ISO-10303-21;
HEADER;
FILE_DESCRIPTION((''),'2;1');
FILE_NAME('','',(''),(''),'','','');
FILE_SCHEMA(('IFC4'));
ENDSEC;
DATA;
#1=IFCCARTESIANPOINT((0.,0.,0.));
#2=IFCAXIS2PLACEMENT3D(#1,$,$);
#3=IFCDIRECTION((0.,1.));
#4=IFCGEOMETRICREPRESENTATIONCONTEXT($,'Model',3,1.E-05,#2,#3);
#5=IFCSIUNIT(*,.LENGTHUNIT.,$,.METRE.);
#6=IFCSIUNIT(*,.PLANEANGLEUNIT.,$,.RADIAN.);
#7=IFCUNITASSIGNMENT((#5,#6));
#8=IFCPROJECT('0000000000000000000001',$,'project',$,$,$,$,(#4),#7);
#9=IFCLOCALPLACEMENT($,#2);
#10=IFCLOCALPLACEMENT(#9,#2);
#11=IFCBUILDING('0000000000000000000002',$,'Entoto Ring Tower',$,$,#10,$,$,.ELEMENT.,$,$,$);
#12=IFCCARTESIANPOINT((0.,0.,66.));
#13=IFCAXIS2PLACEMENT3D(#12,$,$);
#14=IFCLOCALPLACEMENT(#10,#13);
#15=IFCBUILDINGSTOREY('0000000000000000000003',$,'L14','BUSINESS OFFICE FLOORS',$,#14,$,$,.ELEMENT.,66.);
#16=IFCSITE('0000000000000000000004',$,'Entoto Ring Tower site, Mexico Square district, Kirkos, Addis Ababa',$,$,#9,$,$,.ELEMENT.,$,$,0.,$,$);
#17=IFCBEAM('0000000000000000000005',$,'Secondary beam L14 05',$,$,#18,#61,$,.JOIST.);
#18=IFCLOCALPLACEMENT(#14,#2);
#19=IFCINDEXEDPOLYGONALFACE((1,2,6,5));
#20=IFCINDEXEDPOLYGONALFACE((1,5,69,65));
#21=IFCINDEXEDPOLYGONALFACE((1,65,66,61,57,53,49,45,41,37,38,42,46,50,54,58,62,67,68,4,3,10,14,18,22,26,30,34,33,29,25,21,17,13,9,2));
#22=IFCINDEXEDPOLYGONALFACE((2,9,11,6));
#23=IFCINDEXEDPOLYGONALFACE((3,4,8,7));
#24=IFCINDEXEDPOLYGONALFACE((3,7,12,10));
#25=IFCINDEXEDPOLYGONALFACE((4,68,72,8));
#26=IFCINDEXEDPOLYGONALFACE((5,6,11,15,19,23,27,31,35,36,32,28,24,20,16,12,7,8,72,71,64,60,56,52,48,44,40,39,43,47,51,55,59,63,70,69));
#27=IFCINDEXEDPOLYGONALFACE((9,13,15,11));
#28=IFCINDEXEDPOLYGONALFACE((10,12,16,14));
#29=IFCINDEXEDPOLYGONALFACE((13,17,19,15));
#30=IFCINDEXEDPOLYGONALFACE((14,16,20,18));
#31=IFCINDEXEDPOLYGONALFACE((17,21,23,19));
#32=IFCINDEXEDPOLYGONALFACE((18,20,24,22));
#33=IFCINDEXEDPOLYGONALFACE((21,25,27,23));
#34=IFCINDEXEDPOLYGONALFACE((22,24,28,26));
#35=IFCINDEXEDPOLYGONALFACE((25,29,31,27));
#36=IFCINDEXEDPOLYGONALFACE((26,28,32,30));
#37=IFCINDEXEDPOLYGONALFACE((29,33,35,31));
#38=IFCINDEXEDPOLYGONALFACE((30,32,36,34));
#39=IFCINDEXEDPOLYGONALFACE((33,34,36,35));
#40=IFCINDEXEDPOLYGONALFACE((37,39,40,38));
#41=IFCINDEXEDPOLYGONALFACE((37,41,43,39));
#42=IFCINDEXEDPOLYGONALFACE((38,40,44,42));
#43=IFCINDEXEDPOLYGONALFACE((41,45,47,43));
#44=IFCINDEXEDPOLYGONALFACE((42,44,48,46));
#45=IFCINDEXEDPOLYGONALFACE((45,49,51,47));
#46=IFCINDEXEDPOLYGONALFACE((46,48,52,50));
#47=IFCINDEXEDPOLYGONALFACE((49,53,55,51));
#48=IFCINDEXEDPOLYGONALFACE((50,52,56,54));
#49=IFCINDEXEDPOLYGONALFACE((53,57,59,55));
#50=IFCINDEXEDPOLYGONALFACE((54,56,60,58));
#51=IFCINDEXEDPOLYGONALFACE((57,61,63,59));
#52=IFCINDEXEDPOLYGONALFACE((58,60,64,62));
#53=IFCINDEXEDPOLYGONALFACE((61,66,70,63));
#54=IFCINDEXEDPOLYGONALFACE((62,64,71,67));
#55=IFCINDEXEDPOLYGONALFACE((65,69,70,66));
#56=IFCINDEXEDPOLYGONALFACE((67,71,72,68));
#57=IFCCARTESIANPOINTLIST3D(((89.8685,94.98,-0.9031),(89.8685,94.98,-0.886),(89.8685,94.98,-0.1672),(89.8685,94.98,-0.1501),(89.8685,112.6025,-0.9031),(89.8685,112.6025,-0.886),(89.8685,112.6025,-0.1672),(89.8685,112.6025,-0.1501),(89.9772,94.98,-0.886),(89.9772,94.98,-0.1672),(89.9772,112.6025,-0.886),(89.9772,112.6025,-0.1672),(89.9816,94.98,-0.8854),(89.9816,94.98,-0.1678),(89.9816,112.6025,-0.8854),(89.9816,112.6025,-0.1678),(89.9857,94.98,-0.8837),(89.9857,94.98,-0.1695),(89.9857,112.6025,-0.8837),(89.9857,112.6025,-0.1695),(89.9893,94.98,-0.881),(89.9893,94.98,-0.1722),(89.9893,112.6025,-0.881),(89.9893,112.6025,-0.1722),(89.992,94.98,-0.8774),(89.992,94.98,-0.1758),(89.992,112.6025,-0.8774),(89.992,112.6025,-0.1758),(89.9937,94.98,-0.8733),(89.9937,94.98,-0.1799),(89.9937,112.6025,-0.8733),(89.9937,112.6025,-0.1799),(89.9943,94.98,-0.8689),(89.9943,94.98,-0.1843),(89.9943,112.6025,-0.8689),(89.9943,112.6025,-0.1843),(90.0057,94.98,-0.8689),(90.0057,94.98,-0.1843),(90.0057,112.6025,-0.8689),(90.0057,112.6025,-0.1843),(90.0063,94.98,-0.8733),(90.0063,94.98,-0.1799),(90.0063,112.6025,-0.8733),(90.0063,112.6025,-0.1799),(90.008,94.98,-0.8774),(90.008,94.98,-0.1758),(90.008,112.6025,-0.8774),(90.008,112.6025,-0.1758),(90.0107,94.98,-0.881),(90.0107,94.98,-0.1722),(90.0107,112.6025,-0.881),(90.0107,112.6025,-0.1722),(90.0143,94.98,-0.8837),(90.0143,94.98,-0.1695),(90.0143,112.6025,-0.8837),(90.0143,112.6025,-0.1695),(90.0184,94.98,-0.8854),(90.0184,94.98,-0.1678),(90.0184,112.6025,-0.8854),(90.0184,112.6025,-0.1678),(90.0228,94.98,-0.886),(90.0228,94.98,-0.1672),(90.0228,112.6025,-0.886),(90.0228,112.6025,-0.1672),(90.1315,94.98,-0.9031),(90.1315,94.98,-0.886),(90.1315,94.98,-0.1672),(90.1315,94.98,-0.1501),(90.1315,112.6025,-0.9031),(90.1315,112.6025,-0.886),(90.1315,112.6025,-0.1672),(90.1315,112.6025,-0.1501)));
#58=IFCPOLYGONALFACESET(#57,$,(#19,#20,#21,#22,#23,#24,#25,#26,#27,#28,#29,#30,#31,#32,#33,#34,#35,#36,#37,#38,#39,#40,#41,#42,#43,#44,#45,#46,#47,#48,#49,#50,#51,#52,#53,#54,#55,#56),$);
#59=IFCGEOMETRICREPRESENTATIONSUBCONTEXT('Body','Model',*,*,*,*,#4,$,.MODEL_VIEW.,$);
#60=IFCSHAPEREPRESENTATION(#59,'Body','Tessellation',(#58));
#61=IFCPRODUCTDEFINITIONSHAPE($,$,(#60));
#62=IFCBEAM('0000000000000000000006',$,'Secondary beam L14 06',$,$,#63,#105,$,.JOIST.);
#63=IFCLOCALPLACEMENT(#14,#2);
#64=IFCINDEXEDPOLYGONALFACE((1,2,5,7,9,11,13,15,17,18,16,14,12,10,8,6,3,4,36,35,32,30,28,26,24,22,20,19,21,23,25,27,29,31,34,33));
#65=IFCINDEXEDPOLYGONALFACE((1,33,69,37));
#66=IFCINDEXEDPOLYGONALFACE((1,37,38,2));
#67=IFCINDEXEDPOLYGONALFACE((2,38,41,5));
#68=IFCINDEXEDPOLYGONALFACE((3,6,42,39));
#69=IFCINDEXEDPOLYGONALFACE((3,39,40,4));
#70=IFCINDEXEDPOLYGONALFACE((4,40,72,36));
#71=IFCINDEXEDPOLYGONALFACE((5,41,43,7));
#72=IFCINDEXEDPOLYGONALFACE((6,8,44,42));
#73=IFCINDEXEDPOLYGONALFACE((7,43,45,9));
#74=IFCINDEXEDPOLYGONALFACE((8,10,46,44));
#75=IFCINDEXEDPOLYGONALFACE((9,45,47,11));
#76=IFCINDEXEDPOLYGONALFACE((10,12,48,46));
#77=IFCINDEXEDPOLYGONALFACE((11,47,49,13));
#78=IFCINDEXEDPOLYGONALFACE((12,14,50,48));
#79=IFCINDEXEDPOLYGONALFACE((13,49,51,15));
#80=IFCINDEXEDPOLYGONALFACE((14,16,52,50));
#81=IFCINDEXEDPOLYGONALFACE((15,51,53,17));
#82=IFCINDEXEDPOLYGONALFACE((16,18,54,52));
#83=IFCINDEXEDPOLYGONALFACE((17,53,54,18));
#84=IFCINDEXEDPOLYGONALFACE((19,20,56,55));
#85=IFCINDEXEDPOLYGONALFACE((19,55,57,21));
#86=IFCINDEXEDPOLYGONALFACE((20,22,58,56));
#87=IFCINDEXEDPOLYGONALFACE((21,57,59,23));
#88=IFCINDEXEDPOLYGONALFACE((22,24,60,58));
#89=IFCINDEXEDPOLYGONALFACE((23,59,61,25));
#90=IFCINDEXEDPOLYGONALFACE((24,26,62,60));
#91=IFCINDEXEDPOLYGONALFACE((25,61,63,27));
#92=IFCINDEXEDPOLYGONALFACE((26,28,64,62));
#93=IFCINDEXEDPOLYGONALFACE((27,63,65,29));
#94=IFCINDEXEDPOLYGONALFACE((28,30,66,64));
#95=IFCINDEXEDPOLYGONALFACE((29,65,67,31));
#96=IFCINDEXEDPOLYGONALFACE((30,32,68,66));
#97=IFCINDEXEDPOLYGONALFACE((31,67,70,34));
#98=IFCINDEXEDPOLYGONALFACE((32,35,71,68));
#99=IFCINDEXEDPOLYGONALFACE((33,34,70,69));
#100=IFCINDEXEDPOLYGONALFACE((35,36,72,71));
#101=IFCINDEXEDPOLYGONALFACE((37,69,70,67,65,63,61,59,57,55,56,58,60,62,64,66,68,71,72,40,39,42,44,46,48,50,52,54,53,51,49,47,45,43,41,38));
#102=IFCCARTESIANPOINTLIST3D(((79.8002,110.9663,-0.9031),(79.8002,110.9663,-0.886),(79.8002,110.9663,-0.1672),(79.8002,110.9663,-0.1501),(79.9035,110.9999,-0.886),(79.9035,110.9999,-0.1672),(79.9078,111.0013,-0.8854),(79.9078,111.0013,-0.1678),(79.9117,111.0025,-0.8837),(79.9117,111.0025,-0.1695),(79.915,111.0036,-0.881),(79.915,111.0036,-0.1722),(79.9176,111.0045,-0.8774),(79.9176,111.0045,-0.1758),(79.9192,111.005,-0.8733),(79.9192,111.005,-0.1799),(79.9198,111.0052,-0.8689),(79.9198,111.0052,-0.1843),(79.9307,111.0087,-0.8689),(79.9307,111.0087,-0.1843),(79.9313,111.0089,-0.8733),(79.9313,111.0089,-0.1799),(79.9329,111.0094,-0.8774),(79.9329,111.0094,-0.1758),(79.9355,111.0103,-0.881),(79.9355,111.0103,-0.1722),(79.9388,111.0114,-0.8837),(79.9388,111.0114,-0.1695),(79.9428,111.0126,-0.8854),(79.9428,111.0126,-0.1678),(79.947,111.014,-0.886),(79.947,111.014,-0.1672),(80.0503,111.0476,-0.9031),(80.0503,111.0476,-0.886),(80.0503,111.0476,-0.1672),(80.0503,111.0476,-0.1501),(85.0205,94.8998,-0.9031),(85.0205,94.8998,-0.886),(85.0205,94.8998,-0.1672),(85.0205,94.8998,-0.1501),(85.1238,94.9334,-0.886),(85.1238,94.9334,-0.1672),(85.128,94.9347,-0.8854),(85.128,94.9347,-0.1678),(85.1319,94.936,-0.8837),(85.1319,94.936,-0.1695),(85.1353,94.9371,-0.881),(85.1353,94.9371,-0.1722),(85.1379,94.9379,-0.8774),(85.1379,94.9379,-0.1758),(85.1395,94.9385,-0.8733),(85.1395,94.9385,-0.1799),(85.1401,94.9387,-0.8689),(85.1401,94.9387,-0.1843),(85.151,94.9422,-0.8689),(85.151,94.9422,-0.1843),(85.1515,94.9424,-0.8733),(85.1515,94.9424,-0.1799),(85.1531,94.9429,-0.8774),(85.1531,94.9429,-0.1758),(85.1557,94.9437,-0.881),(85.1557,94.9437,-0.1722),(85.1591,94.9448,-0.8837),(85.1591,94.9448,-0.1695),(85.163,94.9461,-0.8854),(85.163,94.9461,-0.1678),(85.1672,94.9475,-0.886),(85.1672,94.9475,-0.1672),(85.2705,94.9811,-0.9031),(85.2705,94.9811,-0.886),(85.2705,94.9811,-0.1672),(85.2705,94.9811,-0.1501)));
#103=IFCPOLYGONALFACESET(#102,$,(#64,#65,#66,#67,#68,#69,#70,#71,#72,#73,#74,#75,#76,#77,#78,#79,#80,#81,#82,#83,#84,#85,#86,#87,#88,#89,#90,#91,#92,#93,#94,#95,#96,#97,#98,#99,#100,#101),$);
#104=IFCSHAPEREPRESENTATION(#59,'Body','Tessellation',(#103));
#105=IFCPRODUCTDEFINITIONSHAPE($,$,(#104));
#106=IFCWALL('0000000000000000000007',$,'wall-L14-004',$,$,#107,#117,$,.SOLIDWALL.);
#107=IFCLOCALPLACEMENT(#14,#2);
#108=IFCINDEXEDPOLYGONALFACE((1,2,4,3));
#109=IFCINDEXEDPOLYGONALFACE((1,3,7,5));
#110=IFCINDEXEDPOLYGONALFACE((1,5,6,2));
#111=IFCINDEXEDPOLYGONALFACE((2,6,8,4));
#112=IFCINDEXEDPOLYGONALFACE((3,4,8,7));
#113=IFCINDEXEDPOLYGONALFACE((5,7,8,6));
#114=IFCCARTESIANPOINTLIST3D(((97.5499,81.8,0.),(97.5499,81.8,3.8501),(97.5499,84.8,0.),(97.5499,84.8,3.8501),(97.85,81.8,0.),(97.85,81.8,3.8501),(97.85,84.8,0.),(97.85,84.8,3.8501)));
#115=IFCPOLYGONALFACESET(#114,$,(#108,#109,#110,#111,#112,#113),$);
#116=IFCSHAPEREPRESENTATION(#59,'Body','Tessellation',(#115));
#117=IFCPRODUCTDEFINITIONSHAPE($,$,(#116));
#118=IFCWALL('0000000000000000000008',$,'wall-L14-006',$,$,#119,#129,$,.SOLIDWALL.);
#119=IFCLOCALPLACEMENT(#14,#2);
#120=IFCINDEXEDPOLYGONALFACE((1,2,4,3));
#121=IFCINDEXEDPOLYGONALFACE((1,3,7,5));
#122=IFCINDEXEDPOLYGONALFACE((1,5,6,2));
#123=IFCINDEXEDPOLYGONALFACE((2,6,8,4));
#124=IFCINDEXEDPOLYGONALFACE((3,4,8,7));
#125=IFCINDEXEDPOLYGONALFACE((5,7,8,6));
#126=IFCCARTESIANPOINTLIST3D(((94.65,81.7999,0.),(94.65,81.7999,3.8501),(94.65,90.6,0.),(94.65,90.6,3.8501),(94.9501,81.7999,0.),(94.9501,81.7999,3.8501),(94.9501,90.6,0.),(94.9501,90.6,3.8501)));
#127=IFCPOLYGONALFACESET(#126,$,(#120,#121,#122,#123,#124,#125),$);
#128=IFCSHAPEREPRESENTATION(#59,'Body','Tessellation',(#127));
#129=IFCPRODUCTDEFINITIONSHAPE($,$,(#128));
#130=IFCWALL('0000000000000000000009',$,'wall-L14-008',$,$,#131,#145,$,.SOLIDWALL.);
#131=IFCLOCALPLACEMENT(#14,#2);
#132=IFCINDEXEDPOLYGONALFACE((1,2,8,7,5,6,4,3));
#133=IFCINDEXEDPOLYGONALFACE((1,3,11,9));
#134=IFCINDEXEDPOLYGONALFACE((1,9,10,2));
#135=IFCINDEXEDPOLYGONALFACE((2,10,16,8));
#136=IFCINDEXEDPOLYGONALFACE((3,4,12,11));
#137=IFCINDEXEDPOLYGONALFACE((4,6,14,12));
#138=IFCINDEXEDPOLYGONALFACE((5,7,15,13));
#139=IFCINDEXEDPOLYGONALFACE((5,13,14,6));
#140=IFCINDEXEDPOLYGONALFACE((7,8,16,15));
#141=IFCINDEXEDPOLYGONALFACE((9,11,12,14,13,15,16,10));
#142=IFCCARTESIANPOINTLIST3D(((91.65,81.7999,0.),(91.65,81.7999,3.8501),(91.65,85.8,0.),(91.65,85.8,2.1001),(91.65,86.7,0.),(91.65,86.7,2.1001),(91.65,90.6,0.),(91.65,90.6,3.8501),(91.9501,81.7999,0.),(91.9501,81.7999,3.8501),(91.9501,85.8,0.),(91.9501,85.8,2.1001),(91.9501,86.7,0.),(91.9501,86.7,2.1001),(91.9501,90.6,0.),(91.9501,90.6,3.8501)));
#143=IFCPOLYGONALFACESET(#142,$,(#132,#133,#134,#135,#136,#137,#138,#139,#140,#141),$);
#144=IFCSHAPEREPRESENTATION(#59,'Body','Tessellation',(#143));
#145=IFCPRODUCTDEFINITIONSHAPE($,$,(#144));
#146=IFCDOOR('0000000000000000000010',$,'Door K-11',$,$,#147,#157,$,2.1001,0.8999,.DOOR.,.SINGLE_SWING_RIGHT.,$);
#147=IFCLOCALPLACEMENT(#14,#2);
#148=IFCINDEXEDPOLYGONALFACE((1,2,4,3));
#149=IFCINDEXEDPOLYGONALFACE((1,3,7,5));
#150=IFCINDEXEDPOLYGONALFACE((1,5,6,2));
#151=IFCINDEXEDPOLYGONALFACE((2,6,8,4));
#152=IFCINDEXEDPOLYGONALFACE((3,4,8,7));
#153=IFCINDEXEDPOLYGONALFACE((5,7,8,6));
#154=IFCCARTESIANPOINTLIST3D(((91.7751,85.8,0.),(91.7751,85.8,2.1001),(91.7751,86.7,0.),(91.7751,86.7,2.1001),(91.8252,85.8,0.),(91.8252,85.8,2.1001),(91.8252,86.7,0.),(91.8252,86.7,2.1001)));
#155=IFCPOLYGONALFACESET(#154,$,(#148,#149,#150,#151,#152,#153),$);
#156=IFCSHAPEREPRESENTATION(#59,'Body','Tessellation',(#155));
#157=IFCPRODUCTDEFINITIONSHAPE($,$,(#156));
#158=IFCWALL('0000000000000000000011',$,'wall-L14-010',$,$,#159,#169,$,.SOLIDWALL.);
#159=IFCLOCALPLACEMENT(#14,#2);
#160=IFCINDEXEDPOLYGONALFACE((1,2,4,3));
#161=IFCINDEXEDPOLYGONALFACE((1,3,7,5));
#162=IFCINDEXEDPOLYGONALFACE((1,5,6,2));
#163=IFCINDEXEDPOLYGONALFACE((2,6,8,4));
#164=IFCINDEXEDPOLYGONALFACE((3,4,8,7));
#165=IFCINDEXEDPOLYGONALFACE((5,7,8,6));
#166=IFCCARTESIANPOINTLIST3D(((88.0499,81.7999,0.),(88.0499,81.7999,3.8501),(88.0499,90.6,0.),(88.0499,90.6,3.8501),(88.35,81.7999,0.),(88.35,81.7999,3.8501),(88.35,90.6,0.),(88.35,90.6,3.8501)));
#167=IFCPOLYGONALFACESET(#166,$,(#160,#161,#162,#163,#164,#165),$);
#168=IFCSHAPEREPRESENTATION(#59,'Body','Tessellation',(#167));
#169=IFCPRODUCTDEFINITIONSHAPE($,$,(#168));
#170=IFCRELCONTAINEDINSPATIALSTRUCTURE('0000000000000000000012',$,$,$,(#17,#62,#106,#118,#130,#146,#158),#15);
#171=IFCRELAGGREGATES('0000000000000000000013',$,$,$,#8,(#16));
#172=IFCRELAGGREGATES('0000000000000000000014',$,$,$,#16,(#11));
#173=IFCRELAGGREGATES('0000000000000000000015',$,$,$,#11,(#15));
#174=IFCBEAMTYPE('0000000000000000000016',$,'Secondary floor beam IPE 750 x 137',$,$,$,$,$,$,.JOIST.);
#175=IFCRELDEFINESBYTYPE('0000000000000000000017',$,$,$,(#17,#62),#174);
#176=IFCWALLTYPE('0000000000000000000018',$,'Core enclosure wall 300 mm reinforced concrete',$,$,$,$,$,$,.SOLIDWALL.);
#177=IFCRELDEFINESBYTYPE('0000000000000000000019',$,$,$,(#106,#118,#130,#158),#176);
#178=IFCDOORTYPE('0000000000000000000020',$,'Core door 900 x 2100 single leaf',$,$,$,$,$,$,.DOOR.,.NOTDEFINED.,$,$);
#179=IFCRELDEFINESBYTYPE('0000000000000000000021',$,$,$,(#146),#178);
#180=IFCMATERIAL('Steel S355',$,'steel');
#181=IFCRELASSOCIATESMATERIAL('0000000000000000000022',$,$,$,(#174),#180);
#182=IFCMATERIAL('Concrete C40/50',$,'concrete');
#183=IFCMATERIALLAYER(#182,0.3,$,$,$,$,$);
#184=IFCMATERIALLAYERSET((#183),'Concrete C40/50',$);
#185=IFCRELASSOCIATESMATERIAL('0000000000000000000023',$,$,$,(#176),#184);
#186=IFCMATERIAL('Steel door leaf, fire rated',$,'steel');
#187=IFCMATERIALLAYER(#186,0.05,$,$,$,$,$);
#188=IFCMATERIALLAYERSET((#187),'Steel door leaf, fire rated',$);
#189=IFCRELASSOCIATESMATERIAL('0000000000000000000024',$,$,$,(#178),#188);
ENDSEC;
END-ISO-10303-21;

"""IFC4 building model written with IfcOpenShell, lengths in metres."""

from ifc_helpers import new_model, si_unit, direction, frame, frame_2d, origin, origin_2d, place, context, subcontext, project, spatial, rectangle, i_section, extrude, material, layer, layer_set, material_profile, profile_set, type_object, element, fill, save


model = new_model("IFC4")

# Units and contexts
model_context = context("Model", 3, precision=1e-05, world=origin(), true_north=direction((0.0, 1.0)))
body_context = subcontext(model_context, "Body", "Model", "MODEL_VIEW")
ifc_project = project(units=[si_unit("LENGTHUNIT", "METRE"), si_unit("PLANEANGLEUNIT", "RADIAN")], contexts=[model_context])

# Site, building, storey
site_placement = place(None, origin())
site = spatial("IfcSite", under=ifc_project, at=site_placement, Name="Entoto Ring Tower site, Mexico Square district, Kirkos, Addis Ababa", CompositionType="ELEMENT", RefElevation=0.0)
building_placement = place(site_placement, origin())
building = spatial("IfcBuilding", under=site, at=building_placement, Name="Entoto Ring Tower", CompositionType="ELEMENT")
storey_placement = place(building_placement, frame((0.0, 0.0, 66.0)))
storey = spatial("IfcBuildingStorey", under=building, at=storey_placement, Name="L14", Description="BUSINESS OFFICE FLOORS", CompositionType="ELEMENT", Elevation=66.0)

# Beams
ifc_material_1 = material(Name="Steel S355", Category="steel")
ifc_material_profile_1 = material_profile(ifc_material_1, i_section(OverallWidth=0.2629, OverallDepth=0.7529, WebThickness=0.0115, FlangeThickness=0.0171, FilletRadius=0.0171, at=origin_2d()), Name="IPE 750 x 137")
ifc_profile_set_1 = profile_set([ifc_material_profile_1], Name="Steel S355")
beam_type_1 = type_object("IfcBeamType", Name="Secondary floor beam IPE 750 x 137", PredefinedType="JOIST", material=ifc_profile_set_1)
beam_1_placement = place(storey_placement, frame((90.0, 94.98, -0.5266), z_axis=(0.0, 1.0, 0.0), x_axis=(-1.0, 0.0, 0.0)))
element("IfcBeam", 1, at=beam_1_placement, inside=storey, type_object=beam_type_1, Name="Secondary beam L14 05", PredefinedType="JOIST", context=body_context, shape_type="SweptSolid", body=[
    extrude(i_section(OverallWidth=0.2629, OverallDepth=0.7529, WebThickness=0.0115, FlangeThickness=0.0171, FilletRadius=0.0171, at=origin_2d()), origin(), (0.0, 0.0, 1.0), 17.6226),
])
beam_2_placement = place(storey_placement, frame((85.1455, 94.9404, -0.5266), z_axis=(-0.309013, 0.951058, 0.0), x_axis=(-0.951058, -0.309013, 0.0)))
element("IfcBeam", 2, at=beam_2_placement, inside=storey, type_object=beam_type_1, Name="Secondary beam L14 06", PredefinedType="JOIST", context=body_context, shape_type="SweptSolid", body=[
    extrude(i_section(OverallWidth=0.2629, OverallDepth=0.7529, WebThickness=0.0115, FlangeThickness=0.0171, FilletRadius=0.0171, at=origin_2d()), origin(), (0.0, 0.0, 1.0), 16.8933),
])

# Walls
ifc_material_2 = material(Name="Concrete C40/50", Category="concrete")
ifc_layer_1 = layer(ifc_material_2, 0.3)
ifc_layer_set_1 = layer_set([ifc_layer_1], Name="Concrete C40/50")
wall_type_1 = type_object("IfcWallType", Name="Core enclosure wall 300 mm reinforced concrete", PredefinedType="SOLIDWALL", material=ifc_layer_set_1)
wall_1_placement = place(storey_placement, frame((97.7, 81.8, 0.0), z_axis=(0.0, 0.0, 1.0), x_axis=(0.0, 1.0, 0.0)))
element("IfcWall", 3, at=wall_1_placement, inside=storey, type_object=wall_type_1, Name="wall-L14-004", PredefinedType="SOLIDWALL", context=body_context, shape_type="SweptSolid", body=[
    extrude(rectangle(XDim=3.0, YDim=0.3, at=frame_2d((1.5, 0.0))), origin(), (0.0, 0.0, 1.0), 3.8501),
])
wall_2_placement = place(storey_placement, frame((94.8, 81.8, 0.0), z_axis=(0.0, 0.0, 1.0), x_axis=(0.0, 1.0, 0.0)))
element("IfcWall", 4, at=wall_2_placement, inside=storey, type_object=wall_type_1, Name="wall-L14-006", PredefinedType="SOLIDWALL", context=body_context, shape_type="SweptSolid", body=[
    extrude(rectangle(XDim=8.8, YDim=0.3, at=frame_2d((4.3999, 0.0))), origin(), (0.0, 0.0, 1.0), 3.8501),
])

# Wall, opening, door
wall_3_placement = place(storey_placement, frame((91.8, 81.8, 0.0), z_axis=(0.0, 0.0, 1.0), x_axis=(0.0, 1.0, 0.0)))
wall_3 = element("IfcWall", 5, at=wall_3_placement, inside=storey, type_object=wall_type_1, Name="wall-L14-008", PredefinedType="SOLIDWALL", context=body_context, shape_type="SweptSolid", body=[
    extrude(rectangle(XDim=8.8, YDim=0.3, at=frame_2d((4.3999, 0.0))), origin(), (0.0, 0.0, 1.0), 3.8501),
])
opening_1_placement = place(wall_3_placement, frame((4.0, 0.0, 0.0)))
opening_1 = element("IfcOpeningElement", 6, at=opening_1_placement, cuts=wall_3, PredefinedType="OPENING", context=body_context, shape_type="SweptSolid", body=[
    extrude(rectangle(XDim=0.8999, YDim=2.1001, at=frame_2d((0.45, 1.05))), frame((0.0, 0.1602, 0.0), z_axis=(0.0, -1.0, 0.0), x_axis=(1.0, 0.0, 0.0)), (0.0, 0.0, 1.0), 0.3201),
])
ifc_material_3 = material(Name="Steel door leaf, fire rated", Category="steel")
ifc_layer_2 = layer(ifc_material_3, 0.05)
ifc_layer_set_2 = layer_set([ifc_layer_2], Name="Steel door leaf, fire rated")
door_type_1 = type_object("IfcDoorType", Name="Core door 900 x 2100 single leaf", OperationType="NOTDEFINED", PredefinedType="DOOR", material=ifc_layer_set_2)
door_1_placement = place(opening_1_placement, origin())
door_1 = element("IfcDoor", 7, at=door_1_placement, inside=storey, type_object=door_type_1, Name="Door K-11", OperationType="SINGLE_SWING_RIGHT", OverallHeight=2.1001, OverallWidth=0.8999, PredefinedType="DOOR", context=body_context, shape_type="SweptSolid", body=[
    extrude(rectangle(XDim=0.8999, YDim=2.1001, at=frame_2d((0.45, 1.05))), frame((0.0, 0.0249, 0.0), z_axis=(0.0, -1.0, 0.0), x_axis=(1.0, 0.0, 0.0)), (0.0, 0.0, 1.0), 0.05),
])
fill(opening_1, door_1)

# Wall
wall_4_placement = place(storey_placement, frame((88.2, 81.8, 0.0), z_axis=(0.0, 0.0, 1.0), x_axis=(0.0, 1.0, 0.0)))
element("IfcWall", 8, at=wall_4_placement, inside=storey, type_object=wall_type_1, Name="wall-L14-010", PredefinedType="SOLIDWALL", context=body_context, shape_type="SweptSolid", body=[
    extrude(rectangle(XDim=8.8, YDim=0.3, at=frame_2d((4.3999, 0.0))), origin(), (0.0, 0.0, 1.0), 3.8501),
])

save(model, "model.ifc")
